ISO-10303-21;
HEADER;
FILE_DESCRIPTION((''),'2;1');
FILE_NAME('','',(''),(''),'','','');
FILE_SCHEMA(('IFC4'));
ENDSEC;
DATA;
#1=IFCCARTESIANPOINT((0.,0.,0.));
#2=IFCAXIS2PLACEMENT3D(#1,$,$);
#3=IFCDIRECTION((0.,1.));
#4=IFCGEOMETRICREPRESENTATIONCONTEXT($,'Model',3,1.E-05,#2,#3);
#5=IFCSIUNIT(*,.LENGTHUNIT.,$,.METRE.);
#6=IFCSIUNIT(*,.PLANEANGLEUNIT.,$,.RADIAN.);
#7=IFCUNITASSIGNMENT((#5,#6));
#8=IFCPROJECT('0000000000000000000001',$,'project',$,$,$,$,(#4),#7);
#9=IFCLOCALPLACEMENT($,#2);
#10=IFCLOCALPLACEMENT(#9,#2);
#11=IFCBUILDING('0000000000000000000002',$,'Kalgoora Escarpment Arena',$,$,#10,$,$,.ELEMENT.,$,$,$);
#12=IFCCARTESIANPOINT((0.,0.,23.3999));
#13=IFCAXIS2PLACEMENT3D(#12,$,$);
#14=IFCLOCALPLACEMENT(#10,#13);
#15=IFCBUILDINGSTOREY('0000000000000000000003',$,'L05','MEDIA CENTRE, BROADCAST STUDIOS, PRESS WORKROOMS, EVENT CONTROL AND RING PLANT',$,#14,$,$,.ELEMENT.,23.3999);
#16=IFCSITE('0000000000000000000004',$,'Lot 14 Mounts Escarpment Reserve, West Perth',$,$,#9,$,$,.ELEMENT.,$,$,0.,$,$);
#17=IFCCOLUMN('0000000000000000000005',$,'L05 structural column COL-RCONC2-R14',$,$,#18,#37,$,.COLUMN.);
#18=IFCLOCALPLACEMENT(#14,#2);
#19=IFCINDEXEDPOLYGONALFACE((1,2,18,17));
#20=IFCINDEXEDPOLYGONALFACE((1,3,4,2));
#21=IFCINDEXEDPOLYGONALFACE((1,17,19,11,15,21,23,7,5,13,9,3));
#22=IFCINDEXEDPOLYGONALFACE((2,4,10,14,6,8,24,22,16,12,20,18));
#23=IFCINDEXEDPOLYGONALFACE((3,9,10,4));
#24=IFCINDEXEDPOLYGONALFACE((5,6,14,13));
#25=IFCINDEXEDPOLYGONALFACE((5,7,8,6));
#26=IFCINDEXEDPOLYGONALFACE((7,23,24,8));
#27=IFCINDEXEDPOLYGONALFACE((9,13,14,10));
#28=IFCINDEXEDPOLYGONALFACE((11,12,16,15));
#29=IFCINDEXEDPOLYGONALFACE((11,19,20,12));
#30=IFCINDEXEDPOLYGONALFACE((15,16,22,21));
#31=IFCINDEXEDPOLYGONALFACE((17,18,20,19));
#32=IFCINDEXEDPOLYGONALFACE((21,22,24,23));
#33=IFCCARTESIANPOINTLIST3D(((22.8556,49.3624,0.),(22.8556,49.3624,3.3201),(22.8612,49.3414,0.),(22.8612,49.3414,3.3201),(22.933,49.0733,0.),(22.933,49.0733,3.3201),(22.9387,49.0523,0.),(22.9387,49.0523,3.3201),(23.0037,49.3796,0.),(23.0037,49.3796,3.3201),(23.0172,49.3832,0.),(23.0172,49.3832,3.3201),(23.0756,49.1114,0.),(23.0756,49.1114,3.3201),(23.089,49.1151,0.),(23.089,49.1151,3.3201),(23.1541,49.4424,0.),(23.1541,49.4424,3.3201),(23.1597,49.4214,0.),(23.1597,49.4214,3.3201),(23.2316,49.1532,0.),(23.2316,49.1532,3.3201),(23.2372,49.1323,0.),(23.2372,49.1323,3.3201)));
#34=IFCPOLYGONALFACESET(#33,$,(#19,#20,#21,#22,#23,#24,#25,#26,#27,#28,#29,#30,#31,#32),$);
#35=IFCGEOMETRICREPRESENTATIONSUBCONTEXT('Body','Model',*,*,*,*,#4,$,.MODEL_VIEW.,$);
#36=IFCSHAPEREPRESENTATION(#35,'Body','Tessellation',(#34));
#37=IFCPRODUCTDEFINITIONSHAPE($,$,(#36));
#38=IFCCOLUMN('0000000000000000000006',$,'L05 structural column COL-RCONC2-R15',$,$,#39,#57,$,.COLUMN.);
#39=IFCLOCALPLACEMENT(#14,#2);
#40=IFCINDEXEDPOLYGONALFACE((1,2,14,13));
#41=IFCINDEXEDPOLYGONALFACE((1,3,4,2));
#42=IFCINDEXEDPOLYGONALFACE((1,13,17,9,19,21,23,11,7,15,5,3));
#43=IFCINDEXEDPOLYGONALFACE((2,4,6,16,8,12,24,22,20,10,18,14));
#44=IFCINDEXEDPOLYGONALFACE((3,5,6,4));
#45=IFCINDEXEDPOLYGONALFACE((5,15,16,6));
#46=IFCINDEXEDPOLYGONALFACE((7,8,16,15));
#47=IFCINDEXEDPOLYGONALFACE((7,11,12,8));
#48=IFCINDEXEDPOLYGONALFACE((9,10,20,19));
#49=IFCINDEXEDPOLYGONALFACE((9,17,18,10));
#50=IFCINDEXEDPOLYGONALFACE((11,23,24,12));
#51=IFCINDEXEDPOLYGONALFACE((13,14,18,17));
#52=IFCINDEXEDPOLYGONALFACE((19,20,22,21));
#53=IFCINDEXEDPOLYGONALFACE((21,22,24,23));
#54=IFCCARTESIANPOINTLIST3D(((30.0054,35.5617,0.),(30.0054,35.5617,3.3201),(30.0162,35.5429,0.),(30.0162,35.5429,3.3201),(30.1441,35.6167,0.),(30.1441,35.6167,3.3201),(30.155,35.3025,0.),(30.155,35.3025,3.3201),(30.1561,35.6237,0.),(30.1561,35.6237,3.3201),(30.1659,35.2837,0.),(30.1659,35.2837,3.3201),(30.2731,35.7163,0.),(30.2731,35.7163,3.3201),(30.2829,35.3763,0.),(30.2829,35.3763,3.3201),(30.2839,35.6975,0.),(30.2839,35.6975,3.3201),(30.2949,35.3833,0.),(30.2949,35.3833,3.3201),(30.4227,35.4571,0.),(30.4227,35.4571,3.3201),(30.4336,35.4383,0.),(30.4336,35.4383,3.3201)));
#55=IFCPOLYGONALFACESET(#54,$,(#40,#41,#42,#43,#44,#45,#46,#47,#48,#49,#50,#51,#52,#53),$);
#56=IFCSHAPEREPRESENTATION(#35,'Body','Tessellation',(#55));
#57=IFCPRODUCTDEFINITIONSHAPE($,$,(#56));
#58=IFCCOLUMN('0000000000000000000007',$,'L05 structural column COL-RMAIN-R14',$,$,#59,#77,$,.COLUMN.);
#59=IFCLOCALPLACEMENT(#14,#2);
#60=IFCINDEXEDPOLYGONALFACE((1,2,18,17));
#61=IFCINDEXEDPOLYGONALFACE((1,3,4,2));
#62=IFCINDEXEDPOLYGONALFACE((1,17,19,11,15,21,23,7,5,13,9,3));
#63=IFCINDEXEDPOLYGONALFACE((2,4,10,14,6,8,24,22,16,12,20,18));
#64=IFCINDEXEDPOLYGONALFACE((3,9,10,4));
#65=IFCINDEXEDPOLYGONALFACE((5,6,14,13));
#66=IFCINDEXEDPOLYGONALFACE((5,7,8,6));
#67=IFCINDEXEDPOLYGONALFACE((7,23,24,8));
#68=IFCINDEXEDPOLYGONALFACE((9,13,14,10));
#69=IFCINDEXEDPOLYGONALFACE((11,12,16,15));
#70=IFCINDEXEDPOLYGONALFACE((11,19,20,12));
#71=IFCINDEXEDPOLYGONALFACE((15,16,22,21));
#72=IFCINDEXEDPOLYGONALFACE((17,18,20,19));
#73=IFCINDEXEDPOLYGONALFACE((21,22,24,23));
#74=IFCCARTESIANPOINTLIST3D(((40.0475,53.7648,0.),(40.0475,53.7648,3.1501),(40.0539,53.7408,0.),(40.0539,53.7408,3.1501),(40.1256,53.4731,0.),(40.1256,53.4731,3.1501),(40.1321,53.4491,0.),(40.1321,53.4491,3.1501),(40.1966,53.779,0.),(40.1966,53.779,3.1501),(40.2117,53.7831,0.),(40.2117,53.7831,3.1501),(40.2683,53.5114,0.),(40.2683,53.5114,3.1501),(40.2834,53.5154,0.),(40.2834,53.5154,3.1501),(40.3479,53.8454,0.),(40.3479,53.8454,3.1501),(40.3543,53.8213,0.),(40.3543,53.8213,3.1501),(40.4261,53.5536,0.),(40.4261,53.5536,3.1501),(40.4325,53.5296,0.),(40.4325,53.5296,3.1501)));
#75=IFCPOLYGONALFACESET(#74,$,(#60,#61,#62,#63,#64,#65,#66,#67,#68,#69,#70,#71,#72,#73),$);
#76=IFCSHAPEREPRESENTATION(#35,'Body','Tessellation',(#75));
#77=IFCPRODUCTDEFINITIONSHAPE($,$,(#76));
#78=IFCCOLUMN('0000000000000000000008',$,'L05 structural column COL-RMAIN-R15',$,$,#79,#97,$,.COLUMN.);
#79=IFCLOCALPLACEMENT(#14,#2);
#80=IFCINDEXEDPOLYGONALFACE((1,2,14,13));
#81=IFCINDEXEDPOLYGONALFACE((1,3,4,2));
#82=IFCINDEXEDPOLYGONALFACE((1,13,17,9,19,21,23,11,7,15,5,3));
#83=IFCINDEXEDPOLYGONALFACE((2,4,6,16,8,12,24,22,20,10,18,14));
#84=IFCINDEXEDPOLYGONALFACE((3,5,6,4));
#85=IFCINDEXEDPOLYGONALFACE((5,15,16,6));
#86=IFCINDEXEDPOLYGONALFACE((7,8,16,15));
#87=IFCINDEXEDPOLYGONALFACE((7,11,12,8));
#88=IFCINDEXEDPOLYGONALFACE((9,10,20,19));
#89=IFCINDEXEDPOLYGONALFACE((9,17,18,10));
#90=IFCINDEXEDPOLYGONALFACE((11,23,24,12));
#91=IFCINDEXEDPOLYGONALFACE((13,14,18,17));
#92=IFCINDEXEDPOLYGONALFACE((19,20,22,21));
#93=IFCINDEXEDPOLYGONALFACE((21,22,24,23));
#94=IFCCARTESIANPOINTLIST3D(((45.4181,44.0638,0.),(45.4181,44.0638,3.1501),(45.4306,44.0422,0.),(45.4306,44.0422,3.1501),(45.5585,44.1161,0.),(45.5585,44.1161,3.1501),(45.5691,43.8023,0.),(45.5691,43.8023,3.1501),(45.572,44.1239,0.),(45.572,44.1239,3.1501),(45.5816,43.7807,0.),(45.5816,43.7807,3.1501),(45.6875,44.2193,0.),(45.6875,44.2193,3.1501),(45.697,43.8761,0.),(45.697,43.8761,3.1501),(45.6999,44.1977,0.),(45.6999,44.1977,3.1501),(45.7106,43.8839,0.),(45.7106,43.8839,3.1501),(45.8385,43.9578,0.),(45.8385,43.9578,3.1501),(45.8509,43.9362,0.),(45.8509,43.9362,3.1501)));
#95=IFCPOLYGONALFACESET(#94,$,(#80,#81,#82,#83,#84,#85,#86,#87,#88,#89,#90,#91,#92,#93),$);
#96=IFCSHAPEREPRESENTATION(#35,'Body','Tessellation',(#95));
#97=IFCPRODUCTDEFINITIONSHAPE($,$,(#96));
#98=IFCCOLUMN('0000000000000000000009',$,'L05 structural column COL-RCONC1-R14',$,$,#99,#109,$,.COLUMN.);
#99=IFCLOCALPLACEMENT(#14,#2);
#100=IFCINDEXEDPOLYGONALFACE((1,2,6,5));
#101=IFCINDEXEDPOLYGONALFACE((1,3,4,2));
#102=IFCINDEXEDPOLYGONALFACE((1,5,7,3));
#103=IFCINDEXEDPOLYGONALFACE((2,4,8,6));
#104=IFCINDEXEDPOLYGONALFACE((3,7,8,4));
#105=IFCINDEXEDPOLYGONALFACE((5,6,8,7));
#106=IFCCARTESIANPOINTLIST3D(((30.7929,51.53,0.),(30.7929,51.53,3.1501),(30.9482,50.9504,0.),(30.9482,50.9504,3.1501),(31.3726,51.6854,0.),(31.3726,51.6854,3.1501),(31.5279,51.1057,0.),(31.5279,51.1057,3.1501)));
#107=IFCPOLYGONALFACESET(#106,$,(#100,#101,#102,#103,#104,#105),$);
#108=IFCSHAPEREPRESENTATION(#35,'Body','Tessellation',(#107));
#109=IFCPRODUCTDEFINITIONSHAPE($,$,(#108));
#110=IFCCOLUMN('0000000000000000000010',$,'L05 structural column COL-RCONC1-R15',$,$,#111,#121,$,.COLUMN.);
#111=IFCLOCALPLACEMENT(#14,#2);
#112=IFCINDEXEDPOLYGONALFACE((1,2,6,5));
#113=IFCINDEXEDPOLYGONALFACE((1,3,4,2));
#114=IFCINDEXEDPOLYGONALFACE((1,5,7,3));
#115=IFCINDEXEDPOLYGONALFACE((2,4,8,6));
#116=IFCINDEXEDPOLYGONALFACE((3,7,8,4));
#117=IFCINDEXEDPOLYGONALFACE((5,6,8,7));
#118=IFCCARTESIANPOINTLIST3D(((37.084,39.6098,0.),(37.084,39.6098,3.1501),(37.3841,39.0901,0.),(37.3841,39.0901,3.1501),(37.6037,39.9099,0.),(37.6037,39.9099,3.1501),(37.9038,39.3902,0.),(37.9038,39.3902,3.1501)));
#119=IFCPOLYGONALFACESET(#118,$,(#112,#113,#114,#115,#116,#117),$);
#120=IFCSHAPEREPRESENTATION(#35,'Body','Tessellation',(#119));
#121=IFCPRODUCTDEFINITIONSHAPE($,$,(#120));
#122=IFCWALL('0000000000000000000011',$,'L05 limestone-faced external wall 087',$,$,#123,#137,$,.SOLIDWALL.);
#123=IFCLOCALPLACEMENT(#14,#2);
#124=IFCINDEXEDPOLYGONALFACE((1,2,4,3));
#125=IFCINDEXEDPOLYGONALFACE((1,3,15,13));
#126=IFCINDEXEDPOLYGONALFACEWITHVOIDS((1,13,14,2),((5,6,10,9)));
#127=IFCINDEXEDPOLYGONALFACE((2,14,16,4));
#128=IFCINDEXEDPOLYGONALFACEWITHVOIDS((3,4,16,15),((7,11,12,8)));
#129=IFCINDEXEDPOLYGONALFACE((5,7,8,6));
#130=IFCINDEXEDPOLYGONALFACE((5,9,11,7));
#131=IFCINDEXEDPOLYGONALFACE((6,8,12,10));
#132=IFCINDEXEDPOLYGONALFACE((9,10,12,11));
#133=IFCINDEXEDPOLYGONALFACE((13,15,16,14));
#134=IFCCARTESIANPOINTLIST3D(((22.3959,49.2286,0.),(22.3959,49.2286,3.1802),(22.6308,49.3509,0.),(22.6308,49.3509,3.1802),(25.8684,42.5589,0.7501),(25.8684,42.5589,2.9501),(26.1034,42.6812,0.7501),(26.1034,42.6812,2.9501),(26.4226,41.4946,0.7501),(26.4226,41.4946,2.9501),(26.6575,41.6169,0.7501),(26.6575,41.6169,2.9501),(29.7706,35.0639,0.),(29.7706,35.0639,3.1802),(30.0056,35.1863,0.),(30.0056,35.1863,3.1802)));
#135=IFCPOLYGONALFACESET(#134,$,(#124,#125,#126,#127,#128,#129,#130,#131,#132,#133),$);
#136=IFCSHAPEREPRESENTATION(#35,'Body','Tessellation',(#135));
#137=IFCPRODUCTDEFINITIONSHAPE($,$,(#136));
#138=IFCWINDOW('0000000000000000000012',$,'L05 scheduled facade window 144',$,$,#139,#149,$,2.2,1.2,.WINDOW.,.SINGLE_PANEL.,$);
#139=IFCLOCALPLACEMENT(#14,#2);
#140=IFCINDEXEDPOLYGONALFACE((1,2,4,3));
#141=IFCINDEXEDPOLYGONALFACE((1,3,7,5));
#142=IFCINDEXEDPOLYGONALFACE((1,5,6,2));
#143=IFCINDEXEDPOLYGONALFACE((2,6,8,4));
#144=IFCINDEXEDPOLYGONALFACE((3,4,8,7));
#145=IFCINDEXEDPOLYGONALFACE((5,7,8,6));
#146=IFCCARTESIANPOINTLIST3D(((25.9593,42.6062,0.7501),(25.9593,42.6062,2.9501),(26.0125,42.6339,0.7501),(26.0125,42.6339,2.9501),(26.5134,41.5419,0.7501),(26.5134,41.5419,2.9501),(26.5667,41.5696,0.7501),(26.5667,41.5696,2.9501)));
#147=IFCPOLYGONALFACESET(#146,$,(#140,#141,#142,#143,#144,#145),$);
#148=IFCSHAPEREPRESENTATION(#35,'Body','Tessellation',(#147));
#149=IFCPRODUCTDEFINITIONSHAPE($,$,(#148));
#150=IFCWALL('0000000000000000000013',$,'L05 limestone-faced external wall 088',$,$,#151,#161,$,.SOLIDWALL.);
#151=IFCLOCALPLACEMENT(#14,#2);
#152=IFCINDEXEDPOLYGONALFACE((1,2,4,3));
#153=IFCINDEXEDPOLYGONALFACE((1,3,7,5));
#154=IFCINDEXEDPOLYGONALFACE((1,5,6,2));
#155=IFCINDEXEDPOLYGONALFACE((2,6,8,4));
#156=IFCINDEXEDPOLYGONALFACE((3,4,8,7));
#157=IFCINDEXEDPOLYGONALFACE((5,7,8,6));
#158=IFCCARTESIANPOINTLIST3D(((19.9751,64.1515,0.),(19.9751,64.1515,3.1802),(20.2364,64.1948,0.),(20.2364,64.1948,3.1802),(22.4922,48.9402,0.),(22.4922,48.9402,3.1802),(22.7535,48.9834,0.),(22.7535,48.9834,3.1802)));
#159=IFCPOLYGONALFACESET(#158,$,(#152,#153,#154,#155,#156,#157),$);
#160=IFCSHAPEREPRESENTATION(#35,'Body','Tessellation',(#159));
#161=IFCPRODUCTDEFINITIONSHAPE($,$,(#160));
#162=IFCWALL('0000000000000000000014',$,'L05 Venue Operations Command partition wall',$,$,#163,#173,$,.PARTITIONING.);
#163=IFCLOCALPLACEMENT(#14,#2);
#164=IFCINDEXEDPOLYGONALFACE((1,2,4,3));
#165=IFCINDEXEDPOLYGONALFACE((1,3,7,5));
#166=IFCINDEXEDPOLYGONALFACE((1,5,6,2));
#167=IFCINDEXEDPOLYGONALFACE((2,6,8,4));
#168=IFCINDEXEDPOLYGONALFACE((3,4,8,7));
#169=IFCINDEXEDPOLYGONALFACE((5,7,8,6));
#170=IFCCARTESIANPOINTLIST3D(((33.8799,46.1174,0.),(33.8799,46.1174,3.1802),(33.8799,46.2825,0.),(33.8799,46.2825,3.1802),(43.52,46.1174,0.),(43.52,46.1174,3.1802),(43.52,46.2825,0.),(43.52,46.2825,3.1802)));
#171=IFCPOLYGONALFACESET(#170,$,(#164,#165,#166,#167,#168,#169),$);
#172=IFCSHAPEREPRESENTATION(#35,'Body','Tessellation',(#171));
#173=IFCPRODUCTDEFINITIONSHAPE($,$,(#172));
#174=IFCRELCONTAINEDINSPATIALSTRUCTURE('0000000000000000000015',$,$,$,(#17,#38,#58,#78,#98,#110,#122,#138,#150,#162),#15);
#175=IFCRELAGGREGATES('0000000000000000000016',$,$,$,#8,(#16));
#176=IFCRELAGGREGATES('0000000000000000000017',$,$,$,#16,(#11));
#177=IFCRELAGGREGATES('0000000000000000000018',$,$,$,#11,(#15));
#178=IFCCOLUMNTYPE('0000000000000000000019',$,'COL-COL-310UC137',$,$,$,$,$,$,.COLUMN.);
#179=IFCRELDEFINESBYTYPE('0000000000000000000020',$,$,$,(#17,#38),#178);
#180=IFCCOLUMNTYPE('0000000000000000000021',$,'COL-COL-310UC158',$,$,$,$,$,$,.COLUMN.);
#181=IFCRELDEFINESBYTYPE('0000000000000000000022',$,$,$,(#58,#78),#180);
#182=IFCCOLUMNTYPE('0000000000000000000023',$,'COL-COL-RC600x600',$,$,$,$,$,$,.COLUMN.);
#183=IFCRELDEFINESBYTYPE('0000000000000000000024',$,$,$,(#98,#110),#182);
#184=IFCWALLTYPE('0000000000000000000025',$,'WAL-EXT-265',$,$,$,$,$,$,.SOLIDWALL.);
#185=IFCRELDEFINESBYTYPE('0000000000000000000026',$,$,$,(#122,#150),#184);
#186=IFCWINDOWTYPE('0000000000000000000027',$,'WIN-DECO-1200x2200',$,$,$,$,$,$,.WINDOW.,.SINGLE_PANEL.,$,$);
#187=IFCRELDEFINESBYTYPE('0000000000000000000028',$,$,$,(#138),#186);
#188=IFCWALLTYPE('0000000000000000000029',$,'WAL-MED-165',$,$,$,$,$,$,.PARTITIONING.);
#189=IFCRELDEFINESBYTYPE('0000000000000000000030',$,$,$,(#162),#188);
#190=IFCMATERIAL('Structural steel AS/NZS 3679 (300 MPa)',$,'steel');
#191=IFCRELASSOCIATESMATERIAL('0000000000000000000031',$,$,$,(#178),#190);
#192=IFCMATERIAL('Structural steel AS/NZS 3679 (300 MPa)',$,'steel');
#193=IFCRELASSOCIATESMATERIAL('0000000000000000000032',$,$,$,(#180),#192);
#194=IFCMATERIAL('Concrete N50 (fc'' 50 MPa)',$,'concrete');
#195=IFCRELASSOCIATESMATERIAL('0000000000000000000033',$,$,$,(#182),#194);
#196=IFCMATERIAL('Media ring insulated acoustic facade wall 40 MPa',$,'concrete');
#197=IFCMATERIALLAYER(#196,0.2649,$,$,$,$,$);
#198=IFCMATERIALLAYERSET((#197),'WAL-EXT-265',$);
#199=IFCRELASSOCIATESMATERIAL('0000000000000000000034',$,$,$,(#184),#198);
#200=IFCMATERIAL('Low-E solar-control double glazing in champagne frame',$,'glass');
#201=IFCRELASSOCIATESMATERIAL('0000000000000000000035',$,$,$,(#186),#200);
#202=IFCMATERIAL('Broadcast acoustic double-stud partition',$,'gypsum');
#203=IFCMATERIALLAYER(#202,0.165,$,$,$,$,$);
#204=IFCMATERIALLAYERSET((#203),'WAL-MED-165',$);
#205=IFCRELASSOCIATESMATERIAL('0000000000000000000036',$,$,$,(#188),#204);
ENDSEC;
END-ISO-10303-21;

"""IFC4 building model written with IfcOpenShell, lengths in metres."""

from ifc_helpers import new_model, si_unit, direction, frame, frame_2d, origin, origin_2d, place, context, subcontext, project, spatial, rectangle, i_section, extrude, material, layer, layer_set, material_profile, profile_set, type_object, element, fill, save


model = new_model("IFC4")

# Units and contexts
model_context = context("Model", 3, precision=1e-05, world=origin(), true_north=direction((0.0, 1.0)))
body_context = subcontext(model_context, "Body", "Model", "MODEL_VIEW")
ifc_project = project(units=[si_unit("LENGTHUNIT", "METRE"), si_unit("PLANEANGLEUNIT", "RADIAN")], contexts=[model_context])

# Site, building, storey
site_placement = place(None, origin())
site = spatial("IfcSite", under=ifc_project, at=site_placement, Name="Lot 14 Mounts Escarpment Reserve, West Perth", CompositionType="ELEMENT", RefElevation=0.0)
building_placement = place(site_placement, origin())
building = spatial("IfcBuilding", under=site, at=building_placement, Name="Kalgoora Escarpment Arena", CompositionType="ELEMENT")
storey_placement = place(building_placement, frame((0.0, 0.0, 23.3999)))
storey = spatial("IfcBuildingStorey", under=building, at=storey_placement, Name="L05", Description="MEDIA CENTRE, BROADCAST STUDIOS, PRESS WORKROOMS, EVENT CONTROL AND RING PLANT", CompositionType="ELEMENT", Elevation=23.3999)

# Columns
ifc_material_1 = material(Name="Structural steel AS/NZS 3679 (300 MPa)", Category="steel")
ifc_material_profile_1 = material_profile(ifc_material_1, i_section(OverallWidth=0.3091, OverallDepth=0.321, WebThickness=0.0139, FlangeThickness=0.0217, at=origin_2d()))
ifc_profile_set_1 = profile_set([ifc_material_profile_1], Name="Structural steel AS/NZS 3679 (300 MPa)")
column_type_1 = type_object("IfcColumnType", Name="COL-COL-310UC137", PredefinedType="COLUMN", material=ifc_profile_set_1)
for number, where, z_axis, x_axis, name in (
    (1, (23.0464, 49.2473, 0.0), (0.0, 0.0, 1.0), (-0.965926, -0.258819, 0.0), "L05 structural column COL-RCONC2-R14"),
    (2, (30.2195, 35.5, 0.0), (0.0, 0.0, 1.0), (-0.866025, -0.5, 0.0), "L05 structural column COL-RCONC2-R15"),
):
    element("IfcColumn", number, at=place(storey_placement, frame(where, z_axis=z_axis, x_axis=x_axis)), inside=storey, type_object=column_type_1, Name=name, PredefinedType="COLUMN", context=body_context, shape_type="SweptSolid", body=[
        extrude(i_section(OverallWidth=0.3091, OverallDepth=0.321, WebThickness=0.0139, FlangeThickness=0.0217, at=origin_2d()), origin(), (0.0, 0.0, 1.0), 3.3201),
    ])
ifc_material_2 = material(Name="Structural steel AS/NZS 3679 (300 MPa)", Category="steel")
ifc_material_profile_2 = material_profile(ifc_material_2, i_section(OverallWidth=0.311, OverallDepth=0.3269, WebThickness=0.0156, FlangeThickness=0.0249, at=origin_2d()))
ifc_profile_set_2 = profile_set([ifc_material_profile_2], Name="Structural steel AS/NZS 3679 (300 MPa)")
column_type_2 = type_object("IfcColumnType", Name="COL-COL-310UC158", PredefinedType="COLUMN", material=ifc_profile_set_2)
for number, where, z_axis, x_axis, name in (
    (3, (40.24, 53.6472, 0.0), (0.0, 0.0, 1.0), (-0.965926, -0.258819, 0.0), "L05 structural column COL-RMAIN-R14"),
    (4, (45.6345, 44.0, 0.0), (0.0, 0.0, 1.0), (-0.866025, -0.5, 0.0), "L05 structural column COL-RMAIN-R15"),
):
    element("IfcColumn", number, at=place(storey_placement, frame(where, z_axis=z_axis, x_axis=x_axis)), inside=storey, type_object=column_type_2, Name=name, PredefinedType="COLUMN", context=body_context, shape_type="SweptSolid", body=[
        extrude(i_section(OverallWidth=0.311, OverallDepth=0.3269, WebThickness=0.0156, FlangeThickness=0.0249, at=origin_2d()), origin(), (0.0, 0.0, 1.0), 3.1501),
    ])
ifc_material_3 = material(Name="Concrete N50 (fc' 50 MPa)", Category="concrete")
ifc_material_profile_3 = material_profile(ifc_material_3, rectangle(XDim=0.6001, YDim=0.6001, at=origin_2d()))
ifc_profile_set_3 = profile_set([ifc_material_profile_3], Name="Concrete N50 (fc' 50 MPa)")
column_type_3 = type_object("IfcColumnType", Name="COL-COL-RC600x600", PredefinedType="COLUMN", material=ifc_profile_set_3)
for number, where, z_axis, x_axis, name in (
    (5, (31.1604, 51.3179, 0.0), (0.0, 0.0, 1.0), (-0.965926, -0.258819, 0.0), "L05 structural column COL-RCONC1-R14"),
    (6, (37.4939, 39.5, 0.0), (0.0, 0.0, 1.0), (-0.866025, -0.5, 0.0), "L05 structural column COL-RCONC1-R15"),
):
    element("IfcColumn", number, at=place(storey_placement, frame(where, z_axis=z_axis, x_axis=x_axis)), inside=storey, type_object=column_type_3, Name=name, PredefinedType="COLUMN", context=body_context, shape_type="SweptSolid", body=[
        extrude(rectangle(XDim=0.6001, YDim=0.6001, at=origin_2d()), origin(), (0.0, 0.0, 1.0), 3.1501),
    ])

# Wall, opening, window
ifc_material_4 = material(Name="Media ring insulated acoustic facade wall 40 MPa", Category="concrete")
ifc_layer_1 = layer(ifc_material_4, 0.2649)
ifc_layer_set_1 = layer_set([ifc_layer_1], Name="WAL-EXT-265")
wall_type_1 = type_object("IfcWallType", Name="WAL-EXT-265", PredefinedType="SOLIDWALL", material=ifc_layer_set_1)
wall_1_placement = place(storey_placement, frame((29.8882, 35.125, 0.0), z_axis=(0.0, 0.0, 1.0), x_axis=(-0.461806, 0.886981, 0.0)))
wall_1 = element("IfcWall", 7, at=wall_1_placement, inside=storey, type_object=wall_type_1, Name="L05 limestone-faced external wall 087", PredefinedType="SOLIDWALL", context=body_context, shape_type="SweptSolid", body=[
    extrude(rectangle(XDim=15.9695, YDim=0.2649, at=frame_2d((7.9849, 0.0))), origin(), (0.0, 0.0, 1.0), 3.1802),
])
opening_1_placement = place(wall_1_placement, frame((7.25, 0.0, 0.75)))
opening_1 = element("IfcOpeningElement", 8, at=opening_1_placement, cuts=wall_1, PredefinedType="OPENING", context=body_context, shape_type="SweptSolid", body=[
    extrude(rectangle(XDim=1.2, YDim=2.2, at=frame_2d((0.6001, 1.1001))), frame((0.0, 0.1423, 0.0), z_axis=(0.0, -1.0, 0.0), x_axis=(1.0, 0.0, 0.0)), (0.0, 0.0, 1.0), 0.2849),
])
ifc_material_5 = material(Name="Low-E solar-control double glazing in champagne frame", Category="glass")
window_type = type_object("IfcWindowType", Name="WIN-DECO-1200x2200", PartitioningType="SINGLE_PANEL", PredefinedType="WINDOW", material=ifc_material_5)
window_placement = place(opening_1_placement, origin())
window = element("IfcWindow", 9, at=window_placement, inside=storey, type_object=window_type, Name="L05 scheduled facade window 144", OverallHeight=2.2, OverallWidth=1.2, PartitioningType="SINGLE_PANEL", PredefinedType="WINDOW", context=body_context, shape_type="SweptSolid", body=[
    extrude(rectangle(XDim=1.2, YDim=2.2, at=frame_2d((0.6001, 1.1001))), frame((0.0, 0.03, 0.0), z_axis=(0.0, -1.0, 0.0), x_axis=(1.0, 0.0, 0.0)), (0.0, 0.0, 1.0), 0.0601),
])
fill(opening_1, window)

# Walls
wall_2_placement = place(storey_placement, frame((22.6228, 48.9619, 0.0), z_axis=(0.0, 0.0, 1.0), x_axis=(-0.163254, 0.986584, 0.0)))
element("IfcWall", 10, at=wall_2_placement, inside=storey, type_object=wall_type_1, Name="L05 limestone-faced external wall 088", PredefinedType="SOLIDWALL", context=body_context, shape_type="SweptSolid", body=[
    extrude(rectangle(XDim=15.4182, YDim=0.2649, at=frame_2d((7.709, 0.0))), origin(), (0.0, 0.0, 1.0), 3.1802),
])
ifc_material_6 = material(Name="Broadcast acoustic double-stud partition", Category="gypsum")
ifc_layer_2 = layer(ifc_material_6, 0.165)
ifc_layer_set_2 = layer_set([ifc_layer_2], Name="WAL-MED-165")
wall_type_2 = type_object("IfcWallType", Name="WAL-MED-165", PredefinedType="PARTITIONING", material=ifc_layer_set_2)
wall_3_placement = place(storey_placement, frame((33.8799, 46.2, 0.0), z_axis=(0.0, 0.0, 1.0), x_axis=(1.0, 0.0, 0.0)))
element("IfcWall", 11, at=wall_3_placement, inside=storey, type_object=wall_type_2, Name="L05 Venue Operations Command partition wall", PredefinedType="PARTITIONING", context=body_context, shape_type="SweptSolid", body=[
    extrude(rectangle(XDim=9.6401, YDim=0.165, at=frame_2d((4.8201, 0.0))), origin(), (0.0, 0.0, 1.0), 3.1802),
])

save(model, "model.ifc")
